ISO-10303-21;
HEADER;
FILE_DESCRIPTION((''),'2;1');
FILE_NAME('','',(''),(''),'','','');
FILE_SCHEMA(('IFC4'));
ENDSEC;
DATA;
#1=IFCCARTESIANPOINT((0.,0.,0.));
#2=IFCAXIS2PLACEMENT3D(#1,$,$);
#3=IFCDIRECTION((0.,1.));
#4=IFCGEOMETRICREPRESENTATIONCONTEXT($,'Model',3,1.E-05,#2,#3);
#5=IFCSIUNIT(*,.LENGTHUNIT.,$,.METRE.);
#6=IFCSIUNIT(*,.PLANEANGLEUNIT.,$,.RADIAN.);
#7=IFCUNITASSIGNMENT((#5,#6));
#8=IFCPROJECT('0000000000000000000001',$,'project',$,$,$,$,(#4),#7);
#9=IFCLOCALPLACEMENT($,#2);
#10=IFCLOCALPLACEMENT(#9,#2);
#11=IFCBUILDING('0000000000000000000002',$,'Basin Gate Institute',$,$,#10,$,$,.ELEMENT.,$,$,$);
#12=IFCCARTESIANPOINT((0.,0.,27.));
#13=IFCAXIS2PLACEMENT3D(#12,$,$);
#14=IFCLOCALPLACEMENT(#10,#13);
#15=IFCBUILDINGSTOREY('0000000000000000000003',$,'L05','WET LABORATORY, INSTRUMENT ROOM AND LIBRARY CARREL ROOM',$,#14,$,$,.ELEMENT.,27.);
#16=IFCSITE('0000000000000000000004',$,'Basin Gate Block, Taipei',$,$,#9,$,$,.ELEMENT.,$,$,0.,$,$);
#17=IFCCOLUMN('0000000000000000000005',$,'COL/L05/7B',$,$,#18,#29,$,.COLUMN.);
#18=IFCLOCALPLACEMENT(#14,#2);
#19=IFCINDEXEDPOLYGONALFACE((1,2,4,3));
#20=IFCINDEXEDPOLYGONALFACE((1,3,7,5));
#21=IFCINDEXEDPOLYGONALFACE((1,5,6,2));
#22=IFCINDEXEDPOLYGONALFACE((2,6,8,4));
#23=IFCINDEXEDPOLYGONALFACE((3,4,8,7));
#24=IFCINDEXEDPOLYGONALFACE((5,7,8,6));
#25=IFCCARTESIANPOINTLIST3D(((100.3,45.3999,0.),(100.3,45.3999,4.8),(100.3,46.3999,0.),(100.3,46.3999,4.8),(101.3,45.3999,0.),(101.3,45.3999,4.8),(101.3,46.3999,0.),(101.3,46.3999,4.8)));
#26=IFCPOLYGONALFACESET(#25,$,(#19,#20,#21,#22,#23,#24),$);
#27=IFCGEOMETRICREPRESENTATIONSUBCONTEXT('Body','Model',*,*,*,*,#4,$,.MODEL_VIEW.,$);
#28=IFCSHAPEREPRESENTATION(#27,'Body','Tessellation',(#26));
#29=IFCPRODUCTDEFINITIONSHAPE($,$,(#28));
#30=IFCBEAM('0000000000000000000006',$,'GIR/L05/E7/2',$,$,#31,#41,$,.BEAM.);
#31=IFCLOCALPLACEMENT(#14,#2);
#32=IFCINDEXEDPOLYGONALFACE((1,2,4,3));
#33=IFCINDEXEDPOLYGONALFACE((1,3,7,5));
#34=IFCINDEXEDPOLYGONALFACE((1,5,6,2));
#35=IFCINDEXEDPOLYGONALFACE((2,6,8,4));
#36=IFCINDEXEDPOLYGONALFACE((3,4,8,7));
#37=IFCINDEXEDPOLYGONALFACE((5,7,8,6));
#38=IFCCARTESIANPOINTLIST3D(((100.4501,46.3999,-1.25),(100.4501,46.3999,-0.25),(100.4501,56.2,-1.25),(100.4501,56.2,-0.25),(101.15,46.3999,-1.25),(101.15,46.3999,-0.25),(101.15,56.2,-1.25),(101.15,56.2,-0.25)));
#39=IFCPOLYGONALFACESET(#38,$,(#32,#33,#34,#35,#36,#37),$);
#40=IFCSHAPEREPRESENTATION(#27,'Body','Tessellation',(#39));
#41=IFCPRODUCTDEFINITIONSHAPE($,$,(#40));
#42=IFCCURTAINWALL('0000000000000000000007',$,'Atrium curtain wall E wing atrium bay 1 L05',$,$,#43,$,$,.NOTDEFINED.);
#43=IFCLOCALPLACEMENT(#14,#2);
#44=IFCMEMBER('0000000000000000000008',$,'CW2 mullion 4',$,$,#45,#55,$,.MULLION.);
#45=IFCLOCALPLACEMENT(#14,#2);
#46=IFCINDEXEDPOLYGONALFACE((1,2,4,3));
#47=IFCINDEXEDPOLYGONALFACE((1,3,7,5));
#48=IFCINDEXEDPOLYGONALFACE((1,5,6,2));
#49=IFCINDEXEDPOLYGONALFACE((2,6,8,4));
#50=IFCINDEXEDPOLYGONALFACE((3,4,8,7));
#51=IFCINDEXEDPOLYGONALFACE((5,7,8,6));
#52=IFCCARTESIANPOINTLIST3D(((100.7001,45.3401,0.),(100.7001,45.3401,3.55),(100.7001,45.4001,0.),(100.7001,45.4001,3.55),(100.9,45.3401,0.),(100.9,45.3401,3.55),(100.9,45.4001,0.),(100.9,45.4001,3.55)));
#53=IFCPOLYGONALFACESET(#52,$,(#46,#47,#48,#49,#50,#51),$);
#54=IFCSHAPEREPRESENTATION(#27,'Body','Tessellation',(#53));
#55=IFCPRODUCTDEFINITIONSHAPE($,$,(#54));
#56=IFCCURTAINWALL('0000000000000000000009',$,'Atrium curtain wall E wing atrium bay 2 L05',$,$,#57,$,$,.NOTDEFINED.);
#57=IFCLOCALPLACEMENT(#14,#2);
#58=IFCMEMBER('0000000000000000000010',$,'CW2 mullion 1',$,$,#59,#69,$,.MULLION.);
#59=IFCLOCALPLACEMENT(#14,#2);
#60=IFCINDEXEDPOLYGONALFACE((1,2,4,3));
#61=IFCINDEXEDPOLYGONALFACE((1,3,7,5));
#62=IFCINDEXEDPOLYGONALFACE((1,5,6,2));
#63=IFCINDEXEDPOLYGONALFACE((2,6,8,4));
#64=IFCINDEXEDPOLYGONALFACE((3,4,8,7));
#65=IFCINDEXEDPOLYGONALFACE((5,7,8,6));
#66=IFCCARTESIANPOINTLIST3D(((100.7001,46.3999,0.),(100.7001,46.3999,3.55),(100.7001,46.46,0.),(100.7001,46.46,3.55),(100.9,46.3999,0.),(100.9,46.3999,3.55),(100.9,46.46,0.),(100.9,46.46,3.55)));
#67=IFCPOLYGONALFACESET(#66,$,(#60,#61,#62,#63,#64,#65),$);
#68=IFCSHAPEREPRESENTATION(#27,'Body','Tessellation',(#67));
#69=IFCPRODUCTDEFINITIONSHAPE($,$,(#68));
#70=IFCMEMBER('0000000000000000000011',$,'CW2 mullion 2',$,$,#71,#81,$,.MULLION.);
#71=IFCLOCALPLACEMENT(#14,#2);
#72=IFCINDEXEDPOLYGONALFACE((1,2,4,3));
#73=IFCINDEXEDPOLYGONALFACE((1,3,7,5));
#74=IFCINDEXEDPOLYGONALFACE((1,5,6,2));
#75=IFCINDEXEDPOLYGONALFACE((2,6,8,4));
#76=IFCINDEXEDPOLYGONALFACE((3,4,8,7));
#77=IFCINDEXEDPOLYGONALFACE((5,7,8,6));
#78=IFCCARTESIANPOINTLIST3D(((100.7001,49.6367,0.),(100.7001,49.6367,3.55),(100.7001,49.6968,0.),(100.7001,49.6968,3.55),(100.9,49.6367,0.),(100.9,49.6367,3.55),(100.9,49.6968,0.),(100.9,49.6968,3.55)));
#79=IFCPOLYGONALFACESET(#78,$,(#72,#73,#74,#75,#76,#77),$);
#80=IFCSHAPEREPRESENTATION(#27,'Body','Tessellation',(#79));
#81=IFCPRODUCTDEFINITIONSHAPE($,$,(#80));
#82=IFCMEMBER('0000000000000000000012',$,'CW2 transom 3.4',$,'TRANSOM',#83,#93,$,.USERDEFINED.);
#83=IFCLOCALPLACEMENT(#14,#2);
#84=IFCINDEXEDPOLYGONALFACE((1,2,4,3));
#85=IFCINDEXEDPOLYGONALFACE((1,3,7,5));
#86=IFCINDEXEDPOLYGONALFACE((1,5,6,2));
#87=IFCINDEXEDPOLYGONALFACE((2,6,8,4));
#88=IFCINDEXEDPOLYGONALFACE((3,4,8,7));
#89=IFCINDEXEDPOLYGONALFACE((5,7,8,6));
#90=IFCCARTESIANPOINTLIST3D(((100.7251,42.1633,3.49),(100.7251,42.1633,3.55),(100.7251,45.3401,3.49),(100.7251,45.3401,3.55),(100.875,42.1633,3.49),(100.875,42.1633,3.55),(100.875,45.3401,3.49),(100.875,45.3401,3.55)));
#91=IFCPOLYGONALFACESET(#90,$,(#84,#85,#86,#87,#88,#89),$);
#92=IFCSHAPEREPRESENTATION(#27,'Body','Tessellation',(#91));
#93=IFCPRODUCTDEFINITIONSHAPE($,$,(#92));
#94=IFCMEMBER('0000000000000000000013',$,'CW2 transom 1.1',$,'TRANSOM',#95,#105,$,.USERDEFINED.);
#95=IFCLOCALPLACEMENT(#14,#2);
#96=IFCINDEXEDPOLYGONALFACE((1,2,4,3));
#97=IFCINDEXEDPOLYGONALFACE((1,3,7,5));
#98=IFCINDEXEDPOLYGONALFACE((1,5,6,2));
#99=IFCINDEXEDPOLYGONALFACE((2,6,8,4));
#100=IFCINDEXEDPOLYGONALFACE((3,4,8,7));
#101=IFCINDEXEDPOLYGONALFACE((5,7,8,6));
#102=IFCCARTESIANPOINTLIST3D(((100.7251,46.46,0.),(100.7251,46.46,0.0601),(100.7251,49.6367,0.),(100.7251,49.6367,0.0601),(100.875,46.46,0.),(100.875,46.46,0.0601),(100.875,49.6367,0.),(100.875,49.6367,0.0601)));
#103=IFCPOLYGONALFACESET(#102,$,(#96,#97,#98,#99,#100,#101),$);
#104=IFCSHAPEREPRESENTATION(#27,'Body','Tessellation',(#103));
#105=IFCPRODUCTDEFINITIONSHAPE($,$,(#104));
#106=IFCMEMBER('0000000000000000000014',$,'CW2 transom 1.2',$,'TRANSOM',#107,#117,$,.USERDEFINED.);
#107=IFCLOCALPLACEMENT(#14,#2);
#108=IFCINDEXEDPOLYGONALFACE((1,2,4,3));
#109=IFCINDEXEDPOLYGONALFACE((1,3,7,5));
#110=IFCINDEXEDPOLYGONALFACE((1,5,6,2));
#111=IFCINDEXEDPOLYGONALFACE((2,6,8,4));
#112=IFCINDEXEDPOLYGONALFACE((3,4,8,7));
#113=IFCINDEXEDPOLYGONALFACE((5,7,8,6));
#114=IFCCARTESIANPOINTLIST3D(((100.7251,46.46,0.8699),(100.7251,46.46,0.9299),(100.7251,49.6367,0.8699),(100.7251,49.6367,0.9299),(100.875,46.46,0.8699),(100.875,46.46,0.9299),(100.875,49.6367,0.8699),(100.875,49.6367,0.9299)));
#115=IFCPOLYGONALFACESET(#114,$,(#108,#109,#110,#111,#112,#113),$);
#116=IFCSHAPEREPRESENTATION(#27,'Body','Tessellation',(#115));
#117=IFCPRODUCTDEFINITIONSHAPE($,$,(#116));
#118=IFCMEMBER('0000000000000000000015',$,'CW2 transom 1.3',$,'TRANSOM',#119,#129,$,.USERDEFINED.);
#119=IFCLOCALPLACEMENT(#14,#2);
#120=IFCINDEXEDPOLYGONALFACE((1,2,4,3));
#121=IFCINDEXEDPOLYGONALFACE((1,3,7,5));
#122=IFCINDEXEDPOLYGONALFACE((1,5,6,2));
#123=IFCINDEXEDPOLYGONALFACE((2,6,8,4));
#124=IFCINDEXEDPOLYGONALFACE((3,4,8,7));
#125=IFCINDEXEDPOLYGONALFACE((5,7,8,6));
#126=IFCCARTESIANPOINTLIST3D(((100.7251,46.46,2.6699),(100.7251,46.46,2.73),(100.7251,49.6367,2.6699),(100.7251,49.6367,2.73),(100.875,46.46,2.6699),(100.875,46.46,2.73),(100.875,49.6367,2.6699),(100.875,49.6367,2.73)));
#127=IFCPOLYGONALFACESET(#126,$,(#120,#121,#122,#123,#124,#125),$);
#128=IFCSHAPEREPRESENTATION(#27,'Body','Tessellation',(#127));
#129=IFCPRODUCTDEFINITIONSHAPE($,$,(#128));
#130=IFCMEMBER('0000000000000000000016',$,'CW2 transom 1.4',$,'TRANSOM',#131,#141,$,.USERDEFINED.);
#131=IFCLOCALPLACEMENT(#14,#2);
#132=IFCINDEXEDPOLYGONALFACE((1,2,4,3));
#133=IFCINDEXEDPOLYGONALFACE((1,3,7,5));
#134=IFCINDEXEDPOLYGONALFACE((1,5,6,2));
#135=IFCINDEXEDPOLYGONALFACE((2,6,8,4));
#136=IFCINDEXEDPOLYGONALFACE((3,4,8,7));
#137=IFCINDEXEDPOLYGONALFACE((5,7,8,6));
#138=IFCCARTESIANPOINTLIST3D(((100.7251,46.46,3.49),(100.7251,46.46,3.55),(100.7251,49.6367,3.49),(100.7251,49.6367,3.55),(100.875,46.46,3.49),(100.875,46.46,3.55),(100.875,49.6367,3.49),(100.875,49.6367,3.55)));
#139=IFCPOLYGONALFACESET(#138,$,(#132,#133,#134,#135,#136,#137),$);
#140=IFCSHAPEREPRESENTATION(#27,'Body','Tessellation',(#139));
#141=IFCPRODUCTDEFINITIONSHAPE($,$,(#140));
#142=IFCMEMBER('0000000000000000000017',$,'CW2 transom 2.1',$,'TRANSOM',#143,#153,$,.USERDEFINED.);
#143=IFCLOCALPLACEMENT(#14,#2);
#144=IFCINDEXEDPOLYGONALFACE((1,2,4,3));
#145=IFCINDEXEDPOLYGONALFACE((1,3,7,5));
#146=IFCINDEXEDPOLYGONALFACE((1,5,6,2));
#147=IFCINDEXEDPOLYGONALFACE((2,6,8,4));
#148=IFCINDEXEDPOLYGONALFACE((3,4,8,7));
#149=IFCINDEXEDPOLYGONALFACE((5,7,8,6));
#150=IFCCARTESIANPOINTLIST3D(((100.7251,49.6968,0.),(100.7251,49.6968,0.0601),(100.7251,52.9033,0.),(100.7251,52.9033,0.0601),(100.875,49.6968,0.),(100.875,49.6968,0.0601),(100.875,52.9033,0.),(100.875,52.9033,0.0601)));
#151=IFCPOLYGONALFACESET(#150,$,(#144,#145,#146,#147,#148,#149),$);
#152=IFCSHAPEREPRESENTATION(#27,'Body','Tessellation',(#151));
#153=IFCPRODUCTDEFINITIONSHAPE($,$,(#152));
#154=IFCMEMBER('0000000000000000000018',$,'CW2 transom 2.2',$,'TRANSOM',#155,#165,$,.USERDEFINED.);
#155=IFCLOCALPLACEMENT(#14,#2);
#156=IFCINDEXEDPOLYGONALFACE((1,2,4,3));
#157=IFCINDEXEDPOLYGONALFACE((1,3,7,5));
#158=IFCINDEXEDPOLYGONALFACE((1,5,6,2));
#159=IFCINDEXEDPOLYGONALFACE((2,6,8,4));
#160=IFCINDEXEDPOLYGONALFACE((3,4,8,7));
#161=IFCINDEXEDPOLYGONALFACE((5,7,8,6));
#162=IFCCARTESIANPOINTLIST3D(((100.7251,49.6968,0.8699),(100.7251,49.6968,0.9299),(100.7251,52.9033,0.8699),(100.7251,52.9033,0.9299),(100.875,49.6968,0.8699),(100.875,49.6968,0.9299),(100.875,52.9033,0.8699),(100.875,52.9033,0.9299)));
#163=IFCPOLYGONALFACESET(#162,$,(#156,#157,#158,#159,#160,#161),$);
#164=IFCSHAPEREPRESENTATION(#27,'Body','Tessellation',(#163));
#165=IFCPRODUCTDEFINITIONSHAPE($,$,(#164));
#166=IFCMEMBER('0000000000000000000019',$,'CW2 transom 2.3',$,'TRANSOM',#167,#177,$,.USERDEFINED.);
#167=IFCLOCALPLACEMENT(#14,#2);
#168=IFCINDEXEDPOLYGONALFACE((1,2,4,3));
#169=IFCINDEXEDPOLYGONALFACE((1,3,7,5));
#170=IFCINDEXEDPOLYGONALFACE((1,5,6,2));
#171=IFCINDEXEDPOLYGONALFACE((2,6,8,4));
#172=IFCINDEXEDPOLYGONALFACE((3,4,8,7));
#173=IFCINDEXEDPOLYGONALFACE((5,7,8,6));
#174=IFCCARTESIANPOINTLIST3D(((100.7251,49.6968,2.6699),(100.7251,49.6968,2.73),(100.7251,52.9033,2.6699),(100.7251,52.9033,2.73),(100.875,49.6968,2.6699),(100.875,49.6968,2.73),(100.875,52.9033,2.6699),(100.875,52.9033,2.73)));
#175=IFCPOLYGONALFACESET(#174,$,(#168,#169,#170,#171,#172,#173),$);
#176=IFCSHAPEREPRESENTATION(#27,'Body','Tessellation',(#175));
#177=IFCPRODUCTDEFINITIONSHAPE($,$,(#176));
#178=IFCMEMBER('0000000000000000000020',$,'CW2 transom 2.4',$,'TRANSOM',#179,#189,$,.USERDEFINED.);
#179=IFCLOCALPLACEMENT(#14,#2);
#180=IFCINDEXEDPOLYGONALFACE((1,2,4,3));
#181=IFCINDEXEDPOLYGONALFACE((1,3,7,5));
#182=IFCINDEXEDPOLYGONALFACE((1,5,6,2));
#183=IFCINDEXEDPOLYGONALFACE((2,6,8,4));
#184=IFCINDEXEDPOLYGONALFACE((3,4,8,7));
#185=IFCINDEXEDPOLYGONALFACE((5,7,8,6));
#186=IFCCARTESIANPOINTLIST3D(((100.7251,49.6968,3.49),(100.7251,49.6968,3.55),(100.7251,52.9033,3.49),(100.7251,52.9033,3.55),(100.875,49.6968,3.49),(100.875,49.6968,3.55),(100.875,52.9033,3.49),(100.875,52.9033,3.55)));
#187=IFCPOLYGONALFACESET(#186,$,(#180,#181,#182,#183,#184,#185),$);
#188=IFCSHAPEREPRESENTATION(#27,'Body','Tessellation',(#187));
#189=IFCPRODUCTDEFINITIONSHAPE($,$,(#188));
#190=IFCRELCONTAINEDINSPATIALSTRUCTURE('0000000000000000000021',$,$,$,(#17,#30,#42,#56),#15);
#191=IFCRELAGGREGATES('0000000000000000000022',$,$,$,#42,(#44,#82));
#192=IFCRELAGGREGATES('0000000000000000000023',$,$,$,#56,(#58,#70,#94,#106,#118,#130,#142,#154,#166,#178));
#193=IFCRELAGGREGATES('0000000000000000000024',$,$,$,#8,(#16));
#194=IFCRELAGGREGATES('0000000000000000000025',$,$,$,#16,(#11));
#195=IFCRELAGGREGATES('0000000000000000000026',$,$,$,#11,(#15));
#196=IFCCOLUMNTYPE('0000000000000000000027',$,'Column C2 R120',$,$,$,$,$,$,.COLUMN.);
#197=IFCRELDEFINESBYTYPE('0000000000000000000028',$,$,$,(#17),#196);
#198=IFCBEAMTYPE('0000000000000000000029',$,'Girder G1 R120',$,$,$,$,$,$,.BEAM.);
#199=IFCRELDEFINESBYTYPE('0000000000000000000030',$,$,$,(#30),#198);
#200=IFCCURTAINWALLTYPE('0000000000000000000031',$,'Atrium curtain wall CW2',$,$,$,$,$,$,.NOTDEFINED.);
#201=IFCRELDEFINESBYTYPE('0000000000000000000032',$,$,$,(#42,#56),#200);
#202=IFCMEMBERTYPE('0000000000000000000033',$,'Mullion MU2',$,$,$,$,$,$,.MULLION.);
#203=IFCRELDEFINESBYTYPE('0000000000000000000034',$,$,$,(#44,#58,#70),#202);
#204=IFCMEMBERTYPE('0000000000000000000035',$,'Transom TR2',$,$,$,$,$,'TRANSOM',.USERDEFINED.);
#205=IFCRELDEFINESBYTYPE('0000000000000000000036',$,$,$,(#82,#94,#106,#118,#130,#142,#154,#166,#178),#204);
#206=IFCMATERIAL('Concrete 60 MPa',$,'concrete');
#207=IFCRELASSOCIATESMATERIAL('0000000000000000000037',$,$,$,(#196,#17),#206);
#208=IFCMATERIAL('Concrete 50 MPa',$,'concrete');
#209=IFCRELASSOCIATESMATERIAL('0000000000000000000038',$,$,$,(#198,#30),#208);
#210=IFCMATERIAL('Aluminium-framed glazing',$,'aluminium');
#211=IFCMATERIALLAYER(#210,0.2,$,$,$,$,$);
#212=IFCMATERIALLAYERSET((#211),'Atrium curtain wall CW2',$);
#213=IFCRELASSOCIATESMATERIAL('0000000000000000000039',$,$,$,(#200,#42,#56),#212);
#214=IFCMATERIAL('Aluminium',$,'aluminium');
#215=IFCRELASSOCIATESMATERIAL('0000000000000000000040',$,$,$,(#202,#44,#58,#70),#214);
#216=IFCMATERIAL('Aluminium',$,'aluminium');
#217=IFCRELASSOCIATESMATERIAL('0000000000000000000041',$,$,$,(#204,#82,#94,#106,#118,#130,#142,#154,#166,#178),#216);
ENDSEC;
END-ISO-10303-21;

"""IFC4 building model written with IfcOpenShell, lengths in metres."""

from ifc_helpers import new_model, si_unit, direction, frame, origin, origin_2d, place, context, subcontext, project, spatial, rectangle, extrude, material, layer, layer_set, material_profile, profile_set, type_object, element, aggregate, save


model = new_model("IFC4")

# Units and contexts
model_context = context("Model", 3, precision=1e-05, world=origin(), true_north=direction((0.0, 1.0)))
body_context = subcontext(model_context, "Body", "Model", "MODEL_VIEW")
ifc_project = project(units=[si_unit("LENGTHUNIT", "METRE"), si_unit("PLANEANGLEUNIT", "RADIAN")], contexts=[model_context])

# Site, building, storey
site_placement = place(None, origin())
site = spatial("IfcSite", under=ifc_project, at=site_placement, Name="Basin Gate Block, Taipei", CompositionType="ELEMENT", RefElevation=0.0)
building_placement = place(site_placement, origin())
building = spatial("IfcBuilding", under=site, at=building_placement, Name="Basin Gate Institute", CompositionType="ELEMENT")
storey_placement = place(building_placement, frame((0.0, 0.0, 27.0)))
storey = spatial("IfcBuildingStorey", under=building, at=storey_placement, Name="L05", Description="WET LABORATORY, INSTRUMENT ROOM AND LIBRARY CARREL ROOM", CompositionType="ELEMENT", Elevation=27.0)

# Column
ifc_material_1 = material(Name="Concrete 60 MPa", Category="concrete")
ifc_material_profile_1 = material_profile(ifc_material_1, rectangle(XDim=1.0, YDim=1.0, at=origin_2d()), Name="Column C2 1000 x 1000")
ifc_profile_set_1 = profile_set([ifc_material_profile_1], Name="Concrete 60 MPa")
column_type = type_object("IfcColumnType", Name="Column C2 R120", PredefinedType="COLUMN", material=ifc_profile_set_1)
column_placement = place(storey_placement, frame((100.8, 45.8999, 0.0), z_axis=(0.0, 0.0, 1.0), x_axis=(1.0, 0.0, 0.0)))
element("IfcColumn", 1, at=column_placement, inside=storey, type_object=column_type, material=ifc_profile_set_1, Name="COL/L05/7B", PredefinedType="COLUMN", context=body_context, shape_type="SweptSolid", body=[
    extrude(rectangle(XDim=1.0, YDim=1.0, at=origin_2d()), origin(), (0.0, 0.0, 1.0), 4.8),
])

# Beam
ifc_material_2 = material(Name="Concrete 50 MPa", Category="concrete")
ifc_material_profile_2 = material_profile(ifc_material_2, rectangle(XDim=0.7, YDim=1.0, at=origin_2d()), Name="Girder G1 700 x 1000")
ifc_profile_set_2 = profile_set([ifc_material_profile_2], Name="Concrete 50 MPa")
beam_type = type_object("IfcBeamType", Name="Girder G1 R120", PredefinedType="BEAM", material=ifc_profile_set_2)
beam_placement = place(storey_placement, frame((100.8, 46.3999, -0.75), z_axis=(0.0, 1.0, 0.0), x_axis=(-1.0, 0.0, 0.0)))
element("IfcBeam", 2, at=beam_placement, inside=storey, type_object=beam_type, material=ifc_profile_set_2, Name="GIR/L05/E7/2", PredefinedType="BEAM", context=body_context, shape_type="SweptSolid", body=[
    extrude(rectangle(XDim=0.7, YDim=1.0, at=origin_2d()), origin(), (0.0, 0.0, 1.0), 9.8),
])

# Curtain wall, member
ifc_material_3 = material(Name="Aluminium-framed glazing", Category="aluminium")
ifc_layer_1 = layer(ifc_material_3, 0.2)
ifc_layer_set_1 = layer_set([ifc_layer_1], Name="Atrium curtain wall CW2")
curtain_wall_type = type_object("IfcCurtainWallType", Name="Atrium curtain wall CW2", PredefinedType="NOTDEFINED", material=ifc_layer_set_1)
curtain_wall_1_placement = place(storey_placement, origin())
curtain_wall_1 = element("IfcCurtainWall", 3, at=curtain_wall_1_placement, inside=storey, type_object=curtain_wall_type, material=ifc_layer_set_1, Name="Atrium curtain wall E wing atrium bay 1 L05", PredefinedType="NOTDEFINED")
ifc_material_4 = material(Name="Aluminium", Category="aluminium")
ifc_material_profile_3 = material_profile(ifc_material_4, rectangle(XDim=0.2, YDim=0.0601, at=origin_2d()), Name="Mullion MU2 200 x 60")
ifc_profile_set_3 = profile_set([ifc_material_profile_3], Name="Aluminium")
member_type_1 = type_object("IfcMemberType", Name="Mullion MU2", PredefinedType="MULLION", material=ifc_profile_set_3)
member_1_placement = place(storey_placement, frame((100.8, 45.3701, 0.0), z_axis=(0.0, 0.0, 1.0), x_axis=(-1.0, 0.0, 0.0)))
member_1 = element("IfcMember", 4, at=member_1_placement, type_object=member_type_1, material=ifc_profile_set_3, Name="CW2 mullion 4", PredefinedType="MULLION", context=body_context, shape_type="SweptSolid", body=[
    extrude(rectangle(XDim=0.2, YDim=0.0601, at=origin_2d()), origin(), (0.0, 0.0, 1.0), 3.55),
])

# Curtain wall, members
curtain_wall_2_placement = place(storey_placement, origin())
curtain_wall_2 = element("IfcCurtainWall", 5, at=curtain_wall_2_placement, inside=storey, type_object=curtain_wall_type, material=ifc_layer_set_1, Name="Atrium curtain wall E wing atrium bay 2 L05", PredefinedType="NOTDEFINED")
member_2_placement = place(storey_placement, frame((100.8, 46.4299, 0.0), z_axis=(0.0, 0.0, 1.0), x_axis=(-1.0, 0.0, 0.0)))
member_2 = element("IfcMember", 6, at=member_2_placement, type_object=member_type_1, material=ifc_profile_set_3, Name="CW2 mullion 1", PredefinedType="MULLION", context=body_context, shape_type="SweptSolid", body=[
    extrude(rectangle(XDim=0.2, YDim=0.0601, at=origin_2d()), origin(), (0.0, 0.0, 1.0), 3.55),
])
member_3_placement = place(storey_placement, frame((100.8, 49.6667, 0.0), z_axis=(0.0, 0.0, 1.0), x_axis=(-1.0, 0.0, 0.0)))
member_3 = element("IfcMember", 7, at=member_3_placement, type_object=member_type_1, material=ifc_profile_set_3, Name="CW2 mullion 2", PredefinedType="MULLION", context=body_context, shape_type="SweptSolid", body=[
    extrude(rectangle(XDim=0.2, YDim=0.0601, at=origin_2d()), origin(), (0.0, 0.0, 1.0), 3.55),
])

# Members
ifc_material_5 = material(Name="Aluminium", Category="aluminium")
ifc_material_profile_4 = material_profile(ifc_material_5, rectangle(XDim=0.1499, YDim=0.0601, at=origin_2d()), Name="Transom TR2 150 x 60")
ifc_profile_set_4 = profile_set([ifc_material_profile_4], Name="Aluminium")
member_type_2 = type_object("IfcMemberType", Name="Transom TR2", ElementType="TRANSOM", PredefinedType="USERDEFINED", material=ifc_profile_set_4)
member_4_placement = place(storey_placement, frame((100.8, 42.1633, 3.52), z_axis=(0.0, 1.0, 0.0), x_axis=(-1.0, 0.0, 0.0)))
member_4 = element("IfcMember", 8, at=member_4_placement, type_object=member_type_2, material=ifc_profile_set_4, Name="CW2 transom 3.4", ObjectType="TRANSOM", PredefinedType="USERDEFINED", context=body_context, shape_type="SweptSolid", body=[
    extrude(rectangle(XDim=0.1499, YDim=0.0601, at=origin_2d()), origin(), (0.0, 0.0, 1.0), 3.1768),
])
member_5_placement = place(storey_placement, frame((100.8, 46.46, 0.03), z_axis=(0.0, 1.0, 0.0), x_axis=(-1.0, 0.0, 0.0)))
member_5 = element("IfcMember", 9, at=member_5_placement, type_object=member_type_2, material=ifc_profile_set_4, Name="CW2 transom 1.1", ObjectType="TRANSOM", PredefinedType="USERDEFINED", context=body_context, shape_type="SweptSolid", body=[
    extrude(rectangle(XDim=0.1499, YDim=0.0601, at=origin_2d()), origin(), (0.0, 0.0, 1.0), 3.1768),
])
member_6_placement = place(storey_placement, frame((100.8, 46.46, 0.8999), z_axis=(0.0, 1.0, 0.0), x_axis=(-1.0, 0.0, 0.0)))
member_6 = element("IfcMember", 10, at=member_6_placement, type_object=member_type_2, material=ifc_profile_set_4, Name="CW2 transom 1.2", ObjectType="TRANSOM", PredefinedType="USERDEFINED", context=body_context, shape_type="SweptSolid", body=[
    extrude(rectangle(XDim=0.1499, YDim=0.0601, at=origin_2d()), origin(), (0.0, 0.0, 1.0), 3.1768),
])
member_7_placement = place(storey_placement, frame((100.8, 46.46, 2.7), z_axis=(0.0, 1.0, 0.0), x_axis=(-1.0, 0.0, 0.0)))
member_7 = element("IfcMember", 11, at=member_7_placement, type_object=member_type_2, material=ifc_profile_set_4, Name="CW2 transom 1.3", ObjectType="TRANSOM", PredefinedType="USERDEFINED", context=body_context, shape_type="SweptSolid", body=[
    extrude(rectangle(XDim=0.1499, YDim=0.0601, at=origin_2d()), origin(), (0.0, 0.0, 1.0), 3.1768),
])
member_8_placement = place(storey_placement, frame((100.8, 46.46, 3.52), z_axis=(0.0, 1.0, 0.0), x_axis=(-1.0, 0.0, 0.0)))
member_8 = element("IfcMember", 12, at=member_8_placement, type_object=member_type_2, material=ifc_profile_set_4, Name="CW2 transom 1.4", ObjectType="TRANSOM", PredefinedType="USERDEFINED", context=body_context, shape_type="SweptSolid", body=[
    extrude(rectangle(XDim=0.1499, YDim=0.0601, at=origin_2d()), origin(), (0.0, 0.0, 1.0), 3.1768),
])
member_9_placement = place(storey_placement, frame((100.8, 49.6968, 0.03), z_axis=(0.0, 1.0, 0.0), x_axis=(-1.0, 0.0, 0.0)))
member_9 = element("IfcMember", 13, at=member_9_placement, type_object=member_type_2, material=ifc_profile_set_4, Name="CW2 transom 2.1", ObjectType="TRANSOM", PredefinedType="USERDEFINED", context=body_context, shape_type="SweptSolid", body=[
    extrude(rectangle(XDim=0.1499, YDim=0.0601, at=origin_2d()), origin(), (0.0, 0.0, 1.0), 3.2065),
])
member_10_placement = place(storey_placement, frame((100.8, 49.6968, 0.8999), z_axis=(0.0, 1.0, 0.0), x_axis=(-1.0, 0.0, 0.0)))
member_10 = element("IfcMember", 14, at=member_10_placement, type_object=member_type_2, material=ifc_profile_set_4, Name="CW2 transom 2.2", ObjectType="TRANSOM", PredefinedType="USERDEFINED", context=body_context, shape_type="SweptSolid", body=[
    extrude(rectangle(XDim=0.1499, YDim=0.0601, at=origin_2d()), origin(), (0.0, 0.0, 1.0), 3.2065),
])
member_11_placement = place(storey_placement, frame((100.8, 49.6968, 2.7), z_axis=(0.0, 1.0, 0.0), x_axis=(-1.0, 0.0, 0.0)))
member_11 = element("IfcMember", 15, at=member_11_placement, type_object=member_type_2, material=ifc_profile_set_4, Name="CW2 transom 2.3", ObjectType="TRANSOM", PredefinedType="USERDEFINED", context=body_context, shape_type="SweptSolid", body=[
    extrude(rectangle(XDim=0.1499, YDim=0.0601, at=origin_2d()), origin(), (0.0, 0.0, 1.0), 3.2065),
])
member_12_placement = place(storey_placement, frame((100.8, 49.6968, 3.52), z_axis=(0.0, 1.0, 0.0), x_axis=(-1.0, 0.0, 0.0)))
member_12 = element("IfcMember", 16, at=member_12_placement, type_object=member_type_2, material=ifc_profile_set_4, Name="CW2 transom 2.4", ObjectType="TRANSOM", PredefinedType="USERDEFINED", context=body_context, shape_type="SweptSolid", body=[
    extrude(rectangle(XDim=0.1499, YDim=0.0601, at=origin_2d()), origin(), (0.0, 0.0, 1.0), 3.2065),
])

aggregate(curtain_wall_1, [member_1, member_4])
aggregate(curtain_wall_2, [member_2, member_3, member_5, member_6, member_7, member_8, member_9, member_10, member_11, member_12])

save(model, "model.ifc")
